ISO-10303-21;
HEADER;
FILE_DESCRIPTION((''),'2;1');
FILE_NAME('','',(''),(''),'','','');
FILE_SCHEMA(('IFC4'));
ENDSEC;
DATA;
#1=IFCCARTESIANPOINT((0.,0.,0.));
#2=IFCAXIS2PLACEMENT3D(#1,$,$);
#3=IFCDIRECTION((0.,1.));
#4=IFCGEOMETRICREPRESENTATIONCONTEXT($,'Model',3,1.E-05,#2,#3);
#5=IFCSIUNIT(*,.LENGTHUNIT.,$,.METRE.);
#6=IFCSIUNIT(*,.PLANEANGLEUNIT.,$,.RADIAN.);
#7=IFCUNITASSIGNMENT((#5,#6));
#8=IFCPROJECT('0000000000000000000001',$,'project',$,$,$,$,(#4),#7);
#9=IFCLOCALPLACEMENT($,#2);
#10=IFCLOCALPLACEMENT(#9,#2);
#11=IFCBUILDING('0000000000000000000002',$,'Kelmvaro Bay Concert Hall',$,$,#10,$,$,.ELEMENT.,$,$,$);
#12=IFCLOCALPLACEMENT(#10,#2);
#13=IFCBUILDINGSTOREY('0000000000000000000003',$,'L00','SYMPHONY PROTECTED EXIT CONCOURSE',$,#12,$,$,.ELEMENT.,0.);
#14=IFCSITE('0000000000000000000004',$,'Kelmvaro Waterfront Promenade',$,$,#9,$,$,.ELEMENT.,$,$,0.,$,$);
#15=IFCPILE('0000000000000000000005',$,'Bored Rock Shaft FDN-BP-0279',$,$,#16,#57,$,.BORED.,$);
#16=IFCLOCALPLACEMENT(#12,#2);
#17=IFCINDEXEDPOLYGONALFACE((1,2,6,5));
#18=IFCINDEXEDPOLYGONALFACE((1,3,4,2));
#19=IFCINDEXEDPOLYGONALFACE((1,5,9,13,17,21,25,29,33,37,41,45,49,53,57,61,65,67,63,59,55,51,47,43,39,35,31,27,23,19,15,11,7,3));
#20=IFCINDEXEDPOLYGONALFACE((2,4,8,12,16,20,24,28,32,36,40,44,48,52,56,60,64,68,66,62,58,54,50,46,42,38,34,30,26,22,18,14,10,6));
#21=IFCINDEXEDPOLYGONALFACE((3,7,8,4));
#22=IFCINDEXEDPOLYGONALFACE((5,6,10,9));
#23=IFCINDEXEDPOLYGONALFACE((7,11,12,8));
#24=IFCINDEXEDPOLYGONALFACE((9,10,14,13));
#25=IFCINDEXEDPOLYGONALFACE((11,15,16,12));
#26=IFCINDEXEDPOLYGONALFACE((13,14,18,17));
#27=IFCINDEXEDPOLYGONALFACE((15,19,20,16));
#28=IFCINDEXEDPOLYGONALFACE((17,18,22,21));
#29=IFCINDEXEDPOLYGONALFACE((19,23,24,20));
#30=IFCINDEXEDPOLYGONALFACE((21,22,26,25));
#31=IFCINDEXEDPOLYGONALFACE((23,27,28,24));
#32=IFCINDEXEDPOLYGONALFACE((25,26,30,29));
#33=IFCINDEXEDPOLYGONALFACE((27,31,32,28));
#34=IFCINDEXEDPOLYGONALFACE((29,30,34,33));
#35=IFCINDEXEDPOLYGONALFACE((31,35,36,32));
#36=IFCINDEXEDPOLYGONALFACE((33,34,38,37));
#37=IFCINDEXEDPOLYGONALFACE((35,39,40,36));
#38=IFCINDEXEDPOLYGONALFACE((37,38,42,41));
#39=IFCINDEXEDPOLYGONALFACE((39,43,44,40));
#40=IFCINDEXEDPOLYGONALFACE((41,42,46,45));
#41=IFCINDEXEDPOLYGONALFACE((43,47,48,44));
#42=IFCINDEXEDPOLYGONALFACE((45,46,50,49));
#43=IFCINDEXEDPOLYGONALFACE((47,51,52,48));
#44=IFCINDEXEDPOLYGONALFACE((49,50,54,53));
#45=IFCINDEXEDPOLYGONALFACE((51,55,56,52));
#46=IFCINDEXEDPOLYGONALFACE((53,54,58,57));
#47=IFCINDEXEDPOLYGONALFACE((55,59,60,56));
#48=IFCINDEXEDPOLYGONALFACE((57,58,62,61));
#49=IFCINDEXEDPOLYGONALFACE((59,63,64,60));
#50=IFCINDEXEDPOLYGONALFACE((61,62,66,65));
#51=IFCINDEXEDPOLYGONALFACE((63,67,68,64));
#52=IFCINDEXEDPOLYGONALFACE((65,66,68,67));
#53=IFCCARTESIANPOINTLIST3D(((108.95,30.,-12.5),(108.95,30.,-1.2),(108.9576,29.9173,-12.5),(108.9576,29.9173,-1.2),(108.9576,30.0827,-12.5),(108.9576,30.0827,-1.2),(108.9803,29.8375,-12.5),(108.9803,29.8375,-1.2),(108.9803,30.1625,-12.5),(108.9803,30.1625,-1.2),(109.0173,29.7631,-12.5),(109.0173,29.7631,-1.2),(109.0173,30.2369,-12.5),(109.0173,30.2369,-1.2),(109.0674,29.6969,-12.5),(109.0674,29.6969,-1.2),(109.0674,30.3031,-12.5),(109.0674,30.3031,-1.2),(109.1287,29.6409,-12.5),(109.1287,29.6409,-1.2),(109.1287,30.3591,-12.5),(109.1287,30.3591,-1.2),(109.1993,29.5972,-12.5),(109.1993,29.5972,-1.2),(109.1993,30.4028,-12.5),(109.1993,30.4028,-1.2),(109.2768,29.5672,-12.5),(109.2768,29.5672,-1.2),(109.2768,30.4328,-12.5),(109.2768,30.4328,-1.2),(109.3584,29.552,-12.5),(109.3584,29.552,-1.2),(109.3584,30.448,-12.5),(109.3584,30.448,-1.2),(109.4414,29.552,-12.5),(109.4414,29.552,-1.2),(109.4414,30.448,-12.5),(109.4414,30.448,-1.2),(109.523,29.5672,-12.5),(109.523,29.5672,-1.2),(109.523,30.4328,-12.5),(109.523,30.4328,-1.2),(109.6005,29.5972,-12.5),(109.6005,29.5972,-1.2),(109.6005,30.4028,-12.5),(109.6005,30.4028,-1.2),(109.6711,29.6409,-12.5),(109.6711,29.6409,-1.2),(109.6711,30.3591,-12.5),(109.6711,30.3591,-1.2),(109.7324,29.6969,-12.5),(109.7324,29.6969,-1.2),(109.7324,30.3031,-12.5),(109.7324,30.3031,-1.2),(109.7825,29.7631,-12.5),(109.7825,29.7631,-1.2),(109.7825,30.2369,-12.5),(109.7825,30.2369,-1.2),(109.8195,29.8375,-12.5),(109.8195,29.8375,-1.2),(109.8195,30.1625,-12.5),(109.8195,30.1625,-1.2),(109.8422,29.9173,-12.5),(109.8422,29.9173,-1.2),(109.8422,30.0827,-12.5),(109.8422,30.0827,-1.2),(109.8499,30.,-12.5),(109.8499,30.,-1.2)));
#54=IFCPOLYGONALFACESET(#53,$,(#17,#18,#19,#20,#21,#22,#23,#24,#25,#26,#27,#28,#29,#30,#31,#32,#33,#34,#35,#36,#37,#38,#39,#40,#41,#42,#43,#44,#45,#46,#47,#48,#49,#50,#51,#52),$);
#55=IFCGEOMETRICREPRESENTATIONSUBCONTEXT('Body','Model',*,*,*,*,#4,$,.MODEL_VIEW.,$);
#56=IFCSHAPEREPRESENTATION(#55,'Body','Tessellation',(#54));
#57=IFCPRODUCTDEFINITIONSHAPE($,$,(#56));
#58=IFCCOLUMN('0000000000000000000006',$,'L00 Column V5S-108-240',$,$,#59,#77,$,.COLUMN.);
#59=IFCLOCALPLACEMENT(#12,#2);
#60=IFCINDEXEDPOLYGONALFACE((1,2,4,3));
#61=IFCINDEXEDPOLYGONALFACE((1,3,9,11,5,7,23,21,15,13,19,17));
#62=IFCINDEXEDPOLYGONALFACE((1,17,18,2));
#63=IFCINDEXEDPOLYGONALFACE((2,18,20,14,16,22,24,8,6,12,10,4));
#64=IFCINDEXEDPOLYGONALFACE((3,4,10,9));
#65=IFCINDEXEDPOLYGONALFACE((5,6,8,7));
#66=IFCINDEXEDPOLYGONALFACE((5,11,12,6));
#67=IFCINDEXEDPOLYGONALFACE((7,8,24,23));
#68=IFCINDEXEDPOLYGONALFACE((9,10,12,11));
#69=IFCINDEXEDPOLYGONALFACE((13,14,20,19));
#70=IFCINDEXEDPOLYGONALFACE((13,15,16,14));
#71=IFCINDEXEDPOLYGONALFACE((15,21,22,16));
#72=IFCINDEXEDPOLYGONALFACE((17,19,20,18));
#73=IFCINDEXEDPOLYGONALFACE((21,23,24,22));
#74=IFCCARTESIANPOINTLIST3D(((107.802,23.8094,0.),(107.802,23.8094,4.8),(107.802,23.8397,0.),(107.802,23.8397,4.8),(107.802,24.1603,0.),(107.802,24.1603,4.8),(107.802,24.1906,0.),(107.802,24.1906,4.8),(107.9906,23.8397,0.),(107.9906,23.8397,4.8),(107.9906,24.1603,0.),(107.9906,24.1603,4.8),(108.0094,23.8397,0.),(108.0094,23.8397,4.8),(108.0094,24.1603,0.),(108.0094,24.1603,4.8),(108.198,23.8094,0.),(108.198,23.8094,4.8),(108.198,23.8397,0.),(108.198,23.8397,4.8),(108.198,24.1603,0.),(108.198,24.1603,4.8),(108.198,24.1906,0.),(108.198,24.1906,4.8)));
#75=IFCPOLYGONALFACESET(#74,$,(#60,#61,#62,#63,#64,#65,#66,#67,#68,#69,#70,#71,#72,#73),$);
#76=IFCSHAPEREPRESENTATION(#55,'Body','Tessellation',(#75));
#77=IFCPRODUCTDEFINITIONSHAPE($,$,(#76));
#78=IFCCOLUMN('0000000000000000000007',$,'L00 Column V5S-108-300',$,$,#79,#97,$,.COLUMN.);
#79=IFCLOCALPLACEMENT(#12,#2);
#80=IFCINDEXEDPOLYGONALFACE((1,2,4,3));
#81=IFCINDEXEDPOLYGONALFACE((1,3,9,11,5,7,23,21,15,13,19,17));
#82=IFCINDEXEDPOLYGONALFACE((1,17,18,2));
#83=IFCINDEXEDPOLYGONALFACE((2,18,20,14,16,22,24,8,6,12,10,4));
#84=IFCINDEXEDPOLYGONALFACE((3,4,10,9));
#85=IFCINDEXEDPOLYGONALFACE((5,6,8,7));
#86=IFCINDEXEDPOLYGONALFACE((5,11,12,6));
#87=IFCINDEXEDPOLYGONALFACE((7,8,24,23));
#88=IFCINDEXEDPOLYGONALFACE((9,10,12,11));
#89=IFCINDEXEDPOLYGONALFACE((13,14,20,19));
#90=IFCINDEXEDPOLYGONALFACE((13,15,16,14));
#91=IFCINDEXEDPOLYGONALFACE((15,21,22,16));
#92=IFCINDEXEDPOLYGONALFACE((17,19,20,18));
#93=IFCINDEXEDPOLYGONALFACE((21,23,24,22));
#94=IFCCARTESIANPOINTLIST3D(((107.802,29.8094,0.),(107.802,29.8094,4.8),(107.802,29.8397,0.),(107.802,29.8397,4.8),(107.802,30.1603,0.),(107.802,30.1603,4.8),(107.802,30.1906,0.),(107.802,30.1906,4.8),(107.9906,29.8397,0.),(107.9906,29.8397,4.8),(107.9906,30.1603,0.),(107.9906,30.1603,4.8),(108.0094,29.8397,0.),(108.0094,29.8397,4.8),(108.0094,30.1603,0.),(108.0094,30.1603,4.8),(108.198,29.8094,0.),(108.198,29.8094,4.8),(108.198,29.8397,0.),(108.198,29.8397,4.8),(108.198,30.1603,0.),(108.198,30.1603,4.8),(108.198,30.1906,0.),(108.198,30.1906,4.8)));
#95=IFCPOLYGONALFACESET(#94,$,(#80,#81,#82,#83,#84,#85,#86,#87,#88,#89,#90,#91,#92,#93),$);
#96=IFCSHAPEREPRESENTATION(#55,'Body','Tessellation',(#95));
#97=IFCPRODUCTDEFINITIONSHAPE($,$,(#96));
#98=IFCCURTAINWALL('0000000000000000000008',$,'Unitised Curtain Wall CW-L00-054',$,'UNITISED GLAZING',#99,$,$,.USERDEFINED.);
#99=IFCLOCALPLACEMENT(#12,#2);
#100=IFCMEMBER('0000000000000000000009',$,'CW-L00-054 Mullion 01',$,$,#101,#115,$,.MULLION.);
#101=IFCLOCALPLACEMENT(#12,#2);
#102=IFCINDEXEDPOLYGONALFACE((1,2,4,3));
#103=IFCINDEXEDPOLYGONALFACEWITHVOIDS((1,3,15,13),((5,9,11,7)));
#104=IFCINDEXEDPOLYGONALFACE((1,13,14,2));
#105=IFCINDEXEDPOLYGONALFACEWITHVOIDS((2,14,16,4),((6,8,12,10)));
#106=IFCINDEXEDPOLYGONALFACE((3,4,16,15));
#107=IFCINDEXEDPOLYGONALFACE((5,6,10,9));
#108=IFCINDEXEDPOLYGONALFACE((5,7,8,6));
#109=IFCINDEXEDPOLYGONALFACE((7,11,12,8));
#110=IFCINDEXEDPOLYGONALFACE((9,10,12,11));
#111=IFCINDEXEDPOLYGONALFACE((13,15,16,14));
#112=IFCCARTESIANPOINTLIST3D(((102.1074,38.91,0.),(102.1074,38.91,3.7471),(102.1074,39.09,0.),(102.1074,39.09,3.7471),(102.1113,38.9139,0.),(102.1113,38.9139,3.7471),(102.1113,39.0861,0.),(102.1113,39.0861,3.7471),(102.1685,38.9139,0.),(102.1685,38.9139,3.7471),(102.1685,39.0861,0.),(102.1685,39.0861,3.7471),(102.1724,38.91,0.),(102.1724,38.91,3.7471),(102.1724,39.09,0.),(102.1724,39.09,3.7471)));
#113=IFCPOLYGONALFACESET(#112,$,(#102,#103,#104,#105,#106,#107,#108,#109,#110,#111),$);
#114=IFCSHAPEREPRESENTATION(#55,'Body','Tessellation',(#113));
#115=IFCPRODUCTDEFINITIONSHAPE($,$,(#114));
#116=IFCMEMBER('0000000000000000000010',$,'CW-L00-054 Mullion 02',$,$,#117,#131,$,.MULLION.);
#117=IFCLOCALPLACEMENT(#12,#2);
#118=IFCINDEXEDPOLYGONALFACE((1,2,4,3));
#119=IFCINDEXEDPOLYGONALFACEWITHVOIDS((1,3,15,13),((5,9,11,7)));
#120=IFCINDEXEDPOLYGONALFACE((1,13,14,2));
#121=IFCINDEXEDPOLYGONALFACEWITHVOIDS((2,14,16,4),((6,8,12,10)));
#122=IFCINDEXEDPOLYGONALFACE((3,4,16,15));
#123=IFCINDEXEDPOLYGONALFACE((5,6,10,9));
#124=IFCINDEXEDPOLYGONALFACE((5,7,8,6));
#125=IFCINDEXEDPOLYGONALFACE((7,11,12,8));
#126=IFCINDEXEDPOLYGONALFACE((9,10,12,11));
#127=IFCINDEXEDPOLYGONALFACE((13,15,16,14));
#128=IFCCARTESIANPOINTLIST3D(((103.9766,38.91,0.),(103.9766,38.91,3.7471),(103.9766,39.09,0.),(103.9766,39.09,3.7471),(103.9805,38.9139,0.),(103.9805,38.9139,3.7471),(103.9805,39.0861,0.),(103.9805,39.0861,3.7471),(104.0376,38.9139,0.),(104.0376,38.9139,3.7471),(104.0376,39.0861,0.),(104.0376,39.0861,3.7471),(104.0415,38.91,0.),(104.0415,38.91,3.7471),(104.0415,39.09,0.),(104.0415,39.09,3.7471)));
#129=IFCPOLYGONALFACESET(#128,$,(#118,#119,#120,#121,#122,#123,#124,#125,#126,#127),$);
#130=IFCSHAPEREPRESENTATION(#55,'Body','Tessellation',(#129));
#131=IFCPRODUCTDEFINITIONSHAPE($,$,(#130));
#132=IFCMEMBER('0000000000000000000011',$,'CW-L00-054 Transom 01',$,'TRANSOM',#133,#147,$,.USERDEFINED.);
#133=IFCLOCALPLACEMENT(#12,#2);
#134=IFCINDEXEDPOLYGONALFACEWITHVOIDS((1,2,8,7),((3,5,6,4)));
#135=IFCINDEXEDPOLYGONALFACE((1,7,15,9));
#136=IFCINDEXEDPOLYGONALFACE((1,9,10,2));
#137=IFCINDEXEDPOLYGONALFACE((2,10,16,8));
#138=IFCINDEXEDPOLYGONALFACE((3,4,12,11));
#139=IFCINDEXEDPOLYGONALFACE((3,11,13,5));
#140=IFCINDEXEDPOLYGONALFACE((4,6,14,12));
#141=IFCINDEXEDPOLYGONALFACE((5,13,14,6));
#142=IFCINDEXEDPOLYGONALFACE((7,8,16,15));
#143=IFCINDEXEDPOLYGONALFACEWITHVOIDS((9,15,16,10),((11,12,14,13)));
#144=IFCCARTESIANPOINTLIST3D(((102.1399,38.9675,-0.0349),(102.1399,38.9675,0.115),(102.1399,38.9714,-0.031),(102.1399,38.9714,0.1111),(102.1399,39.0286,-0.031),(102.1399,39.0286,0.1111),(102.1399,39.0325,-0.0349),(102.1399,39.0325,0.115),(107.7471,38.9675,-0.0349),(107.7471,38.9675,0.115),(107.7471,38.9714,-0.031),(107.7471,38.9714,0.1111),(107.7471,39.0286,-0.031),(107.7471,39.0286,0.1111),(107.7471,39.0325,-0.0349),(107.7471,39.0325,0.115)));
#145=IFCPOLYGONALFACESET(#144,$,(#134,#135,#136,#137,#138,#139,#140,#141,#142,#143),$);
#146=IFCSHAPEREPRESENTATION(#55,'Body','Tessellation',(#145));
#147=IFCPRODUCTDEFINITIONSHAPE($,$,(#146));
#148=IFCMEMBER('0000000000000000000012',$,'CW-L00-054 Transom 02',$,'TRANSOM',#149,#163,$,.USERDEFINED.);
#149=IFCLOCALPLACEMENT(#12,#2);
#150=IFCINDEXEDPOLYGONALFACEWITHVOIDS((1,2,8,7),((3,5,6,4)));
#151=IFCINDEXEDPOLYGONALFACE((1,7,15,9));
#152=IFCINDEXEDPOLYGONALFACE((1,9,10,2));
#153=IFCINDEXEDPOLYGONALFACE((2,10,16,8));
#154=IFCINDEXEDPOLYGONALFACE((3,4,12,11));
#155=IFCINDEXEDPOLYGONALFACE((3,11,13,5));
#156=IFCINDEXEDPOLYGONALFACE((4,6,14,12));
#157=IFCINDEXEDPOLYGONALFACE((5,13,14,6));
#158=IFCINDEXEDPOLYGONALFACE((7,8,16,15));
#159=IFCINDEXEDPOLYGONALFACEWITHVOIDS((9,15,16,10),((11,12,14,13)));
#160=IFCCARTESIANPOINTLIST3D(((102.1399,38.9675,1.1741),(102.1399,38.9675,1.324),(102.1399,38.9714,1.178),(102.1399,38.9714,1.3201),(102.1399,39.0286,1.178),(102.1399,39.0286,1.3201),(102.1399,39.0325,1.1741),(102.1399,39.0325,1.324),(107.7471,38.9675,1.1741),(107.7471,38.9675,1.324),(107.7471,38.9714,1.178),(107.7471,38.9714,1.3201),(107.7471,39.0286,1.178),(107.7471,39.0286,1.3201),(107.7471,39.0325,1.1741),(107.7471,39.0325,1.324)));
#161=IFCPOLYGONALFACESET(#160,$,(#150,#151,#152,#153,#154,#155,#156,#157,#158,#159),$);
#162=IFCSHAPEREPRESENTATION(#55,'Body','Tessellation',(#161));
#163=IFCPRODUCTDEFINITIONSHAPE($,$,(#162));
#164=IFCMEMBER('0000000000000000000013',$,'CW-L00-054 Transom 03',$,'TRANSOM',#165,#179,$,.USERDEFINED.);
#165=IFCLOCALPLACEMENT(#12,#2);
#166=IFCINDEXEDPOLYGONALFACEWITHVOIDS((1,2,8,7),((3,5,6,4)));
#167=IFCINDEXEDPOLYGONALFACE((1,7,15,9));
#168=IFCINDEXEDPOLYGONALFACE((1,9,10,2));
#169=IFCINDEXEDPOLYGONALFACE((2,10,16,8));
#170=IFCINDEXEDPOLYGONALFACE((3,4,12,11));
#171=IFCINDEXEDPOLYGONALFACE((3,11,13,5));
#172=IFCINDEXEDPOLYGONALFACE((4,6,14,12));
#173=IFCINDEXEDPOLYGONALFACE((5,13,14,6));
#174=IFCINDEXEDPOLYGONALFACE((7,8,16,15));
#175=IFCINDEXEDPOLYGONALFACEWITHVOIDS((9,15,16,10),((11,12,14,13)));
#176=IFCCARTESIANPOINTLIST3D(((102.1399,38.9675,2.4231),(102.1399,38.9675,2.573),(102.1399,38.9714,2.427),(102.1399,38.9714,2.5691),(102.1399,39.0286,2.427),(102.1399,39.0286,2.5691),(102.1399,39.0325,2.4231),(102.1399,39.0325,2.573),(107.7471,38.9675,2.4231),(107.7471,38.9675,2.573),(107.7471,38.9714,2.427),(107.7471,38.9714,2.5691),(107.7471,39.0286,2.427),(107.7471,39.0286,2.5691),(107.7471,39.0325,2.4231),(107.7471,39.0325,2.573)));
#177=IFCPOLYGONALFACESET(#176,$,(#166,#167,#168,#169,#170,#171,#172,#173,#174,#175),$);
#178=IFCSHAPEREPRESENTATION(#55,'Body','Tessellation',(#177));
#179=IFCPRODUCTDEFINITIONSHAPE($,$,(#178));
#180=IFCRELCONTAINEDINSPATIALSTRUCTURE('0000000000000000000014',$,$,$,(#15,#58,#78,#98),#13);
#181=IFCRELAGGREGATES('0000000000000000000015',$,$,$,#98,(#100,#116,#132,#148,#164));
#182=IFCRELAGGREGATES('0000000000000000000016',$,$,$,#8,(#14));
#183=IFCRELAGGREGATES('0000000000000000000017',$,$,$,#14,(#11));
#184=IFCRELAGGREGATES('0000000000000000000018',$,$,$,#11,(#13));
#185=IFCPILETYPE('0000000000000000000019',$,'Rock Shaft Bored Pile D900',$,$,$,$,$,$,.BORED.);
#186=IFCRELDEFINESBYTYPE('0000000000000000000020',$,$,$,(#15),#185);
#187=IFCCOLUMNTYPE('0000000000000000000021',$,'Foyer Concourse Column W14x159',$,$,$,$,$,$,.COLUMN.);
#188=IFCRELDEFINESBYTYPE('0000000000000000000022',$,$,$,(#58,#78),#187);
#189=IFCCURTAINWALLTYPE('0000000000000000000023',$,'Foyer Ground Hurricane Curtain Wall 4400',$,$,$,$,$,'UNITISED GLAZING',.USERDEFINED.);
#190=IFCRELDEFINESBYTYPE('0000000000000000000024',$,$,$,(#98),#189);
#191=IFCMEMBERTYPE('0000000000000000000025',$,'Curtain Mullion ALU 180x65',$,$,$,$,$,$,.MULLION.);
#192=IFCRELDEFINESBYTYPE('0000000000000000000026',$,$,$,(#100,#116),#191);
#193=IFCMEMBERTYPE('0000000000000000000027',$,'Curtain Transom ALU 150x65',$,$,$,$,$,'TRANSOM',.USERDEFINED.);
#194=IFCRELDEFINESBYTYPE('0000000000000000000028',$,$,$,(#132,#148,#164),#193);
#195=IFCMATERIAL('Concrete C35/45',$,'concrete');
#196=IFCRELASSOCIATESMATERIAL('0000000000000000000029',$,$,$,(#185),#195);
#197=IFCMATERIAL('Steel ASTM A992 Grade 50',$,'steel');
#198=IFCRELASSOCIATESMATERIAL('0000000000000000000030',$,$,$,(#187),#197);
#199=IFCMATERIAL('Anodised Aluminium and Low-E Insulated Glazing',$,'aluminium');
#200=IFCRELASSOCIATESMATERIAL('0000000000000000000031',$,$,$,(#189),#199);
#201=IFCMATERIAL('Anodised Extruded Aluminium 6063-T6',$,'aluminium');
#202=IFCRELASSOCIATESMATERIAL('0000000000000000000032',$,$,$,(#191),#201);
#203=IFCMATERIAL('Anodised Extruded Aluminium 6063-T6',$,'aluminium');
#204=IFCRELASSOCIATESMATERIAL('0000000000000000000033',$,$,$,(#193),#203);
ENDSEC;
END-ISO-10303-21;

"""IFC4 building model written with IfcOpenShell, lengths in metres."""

from ifc_helpers import new_model, si_unit, direction, frame, origin, origin_2d, place, context, subcontext, project, spatial, hollow_rectangle, circle, i_section, extrude, material, material_profile, profile_set, type_object, element, aggregate, save


model = new_model("IFC4")

# Units and contexts
model_context = context("Model", 3, precision=1e-05, world=origin(), true_north=direction((0.0, 1.0)))
body_context = subcontext(model_context, "Body", "Model", "MODEL_VIEW")
ifc_project = project(units=[si_unit("LENGTHUNIT", "METRE"), si_unit("PLANEANGLEUNIT", "RADIAN")], contexts=[model_context])

# Site, building, storey
site_placement = place(None, origin())
site = spatial("IfcSite", under=ifc_project, at=site_placement, Name="Kelmvaro Waterfront Promenade", CompositionType="ELEMENT", RefElevation=0.0)
building_placement = place(site_placement, origin())
building = spatial("IfcBuilding", under=site, at=building_placement, Name="Kelmvaro Bay Concert Hall", CompositionType="ELEMENT")
storey_placement = place(building_placement, origin())
storey = spatial("IfcBuildingStorey", under=building, at=storey_placement, Name="L00", Description="SYMPHONY PROTECTED EXIT CONCOURSE", CompositionType="ELEMENT", Elevation=0.0)

# Pile
ifc_material_1 = material(Name="Concrete C35/45", Category="concrete")
ifc_material_profile_1 = material_profile(ifc_material_1, circle(Radius=0.45, at=origin_2d()), Name="PILE-BORED-900")
ifc_profile_set_1 = profile_set([ifc_material_profile_1], Name="Concrete C35/45")
pile_type_1 = type_object("IfcPileType", Name="Rock Shaft Bored Pile D900", PredefinedType="BORED", material=ifc_profile_set_1)
for number, where, z_axis, x_axis, name in (
    (1, (109.3999, 30.0, -1.2), (0.0, 0.0, -1.0), (1.0, 0.0, 0.0), "Bored Rock Shaft FDN-BP-0279"),
):
    element("IfcPile", number, at=place(storey_placement, frame(where, z_axis=z_axis, x_axis=x_axis)), inside=storey, type_object=pile_type_1, Name=name, PredefinedType="BORED", context=body_context, shape_type="SweptSolid", body=[
        extrude(circle(Radius=0.45, at=origin_2d()), origin(), (0.0, 0.0, 1.0), 11.3),
    ])

# Columns
ifc_material_2 = material(Name="Steel ASTM A992 Grade 50", Category="steel")
ifc_material_profile_2 = material_profile(ifc_material_2, i_section(OverallWidth=0.396, OverallDepth=0.3811, WebThickness=0.0188, FlangeThickness=0.0303, at=origin_2d()), Name="W14X159")
ifc_profile_set_2 = profile_set([ifc_material_profile_2], Name="Steel ASTM A992 Grade 50")
column_type = type_object("IfcColumnType", Name="Foyer Concourse Column W14x159", PredefinedType="COLUMN", material=ifc_profile_set_2)
for number, where, z_axis, x_axis, name in (
    (2, (108.0, 24.0, 0.0), (0.0, 0.0, 1.0), (1.0, 0.0, 0.0), "L00 Column V5S-108-240"),
    (3, (108.0, 30.0, 0.0), (0.0, 0.0, 1.0), (1.0, 0.0, 0.0), "L00 Column V5S-108-300"),
):
    element("IfcColumn", number, at=place(storey_placement, frame(where, z_axis=z_axis, x_axis=x_axis)), inside=storey, type_object=column_type, Name=name, PredefinedType="COLUMN", context=body_context, shape_type="SweptSolid", body=[
        extrude(i_section(OverallWidth=0.396, OverallDepth=0.3811, WebThickness=0.0188, FlangeThickness=0.0303, at=origin_2d()), origin(), (0.0, 0.0, 1.0), 4.8),
    ])

# Curtain wall, members
ifc_material_3 = material(Name="Anodised Aluminium and Low-E Insulated Glazing", Category="aluminium")
curtain_wall_type = type_object("IfcCurtainWallType", Name="Foyer Ground Hurricane Curtain Wall 4400", ElementType="UNITISED GLAZING", PredefinedType="USERDEFINED", material=ifc_material_3)
curtain_wall_placement = place(storey_placement, origin())
curtain_wall = element("IfcCurtainWall", 4, at=curtain_wall_placement, inside=storey, type_object=curtain_wall_type, Name="Unitised Curtain Wall CW-L00-054", ObjectType="UNITISED GLAZING", PredefinedType="USERDEFINED")
ifc_material_4 = material(Name="Anodised Extruded Aluminium 6063-T6", Category="aluminium")
ifc_material_profile_3 = material_profile(ifc_material_4, hollow_rectangle(XDim=0.0649, YDim=0.1799, WallThickness=0.0039, at=origin_2d()), Name="ALU-MUL-180X65")
ifc_profile_set_3 = profile_set([ifc_material_profile_3], Name="Anodised Extruded Aluminium 6063-T6")
member_type_1 = type_object("IfcMemberType", Name="Curtain Mullion ALU 180x65", PredefinedType="MULLION", material=ifc_profile_set_3)
member_1_placement = place(storey_placement, frame((102.1399, 39.0, 0.0), z_axis=(0.0, 0.0, 1.0), x_axis=(1.0, 0.0, 0.0)))
member_1 = element("IfcMember", 5, at=member_1_placement, type_object=member_type_1, Name="CW-L00-054 Mullion 01", PredefinedType="MULLION", context=body_context, shape_type="SweptSolid", body=[
    extrude(hollow_rectangle(XDim=0.0649, YDim=0.1799, WallThickness=0.0039, at=origin_2d()), origin(), (0.0, 0.0, 1.0), 3.7471),
])
member_2_placement = place(storey_placement, frame((104.009, 39.0, 0.0), z_axis=(0.0, 0.0, 1.0), x_axis=(1.0, 0.0, 0.0)))
member_2 = element("IfcMember", 6, at=member_2_placement, type_object=member_type_1, Name="CW-L00-054 Mullion 02", PredefinedType="MULLION", context=body_context, shape_type="SweptSolid", body=[
    extrude(hollow_rectangle(XDim=0.0649, YDim=0.1799, WallThickness=0.0039, at=origin_2d()), origin(), (0.0, 0.0, 1.0), 3.7471),
])
ifc_material_5 = material(Name="Anodised Extruded Aluminium 6063-T6", Category="aluminium")
ifc_material_profile_4 = material_profile(ifc_material_5, hollow_rectangle(XDim=0.0649, YDim=0.1499, WallThickness=0.0039, at=origin_2d()), Name="ALU-TRN-150X65")
ifc_profile_set_4 = profile_set([ifc_material_profile_4], Name="Anodised Extruded Aluminium 6063-T6")
member_type_2 = type_object("IfcMemberType", Name="Curtain Transom ALU 150x65", ElementType="TRANSOM", PredefinedType="USERDEFINED", material=ifc_profile_set_4)
member_3_placement = place(storey_placement, frame((102.1399, 39.0, 0.04), z_axis=(1.0, 0.0, 0.0), x_axis=(0.0, 1.0, 0.0)))
member_3 = element("IfcMember", 7, at=member_3_placement, type_object=member_type_2, Name="CW-L00-054 Transom 01", ObjectType="TRANSOM", PredefinedType="USERDEFINED", context=body_context, shape_type="SweptSolid", body=[
    extrude(hollow_rectangle(XDim=0.0649, YDim=0.1499, WallThickness=0.0039, at=origin_2d()), origin(), (0.0, 0.0, 1.0), 5.6072),
])
member_4_placement = place(storey_placement, frame((102.1399, 39.0, 1.249), z_axis=(1.0, 0.0, 0.0), x_axis=(0.0, 1.0, 0.0)))
member_4 = element("IfcMember", 8, at=member_4_placement, type_object=member_type_2, Name="CW-L00-054 Transom 02", ObjectType="TRANSOM", PredefinedType="USERDEFINED", context=body_context, shape_type="SweptSolid", body=[
    extrude(hollow_rectangle(XDim=0.0649, YDim=0.1499, WallThickness=0.0039, at=origin_2d()), origin(), (0.0, 0.0, 1.0), 5.6072),
])
member_5_placement = place(storey_placement, frame((102.1399, 39.0, 2.498), z_axis=(1.0, 0.0, 0.0), x_axis=(0.0, 1.0, 0.0)))
member_5 = element("IfcMember", 9, at=member_5_placement, type_object=member_type_2, Name="CW-L00-054 Transom 03", ObjectType="TRANSOM", PredefinedType="USERDEFINED", context=body_context, shape_type="SweptSolid", body=[
    extrude(hollow_rectangle(XDim=0.0649, YDim=0.1499, WallThickness=0.0039, at=origin_2d()), origin(), (0.0, 0.0, 1.0), 5.6072),
])
aggregate(curtain_wall, [member_1, member_2, member_3, member_4, member_5])

save(model, "model.ifc")
